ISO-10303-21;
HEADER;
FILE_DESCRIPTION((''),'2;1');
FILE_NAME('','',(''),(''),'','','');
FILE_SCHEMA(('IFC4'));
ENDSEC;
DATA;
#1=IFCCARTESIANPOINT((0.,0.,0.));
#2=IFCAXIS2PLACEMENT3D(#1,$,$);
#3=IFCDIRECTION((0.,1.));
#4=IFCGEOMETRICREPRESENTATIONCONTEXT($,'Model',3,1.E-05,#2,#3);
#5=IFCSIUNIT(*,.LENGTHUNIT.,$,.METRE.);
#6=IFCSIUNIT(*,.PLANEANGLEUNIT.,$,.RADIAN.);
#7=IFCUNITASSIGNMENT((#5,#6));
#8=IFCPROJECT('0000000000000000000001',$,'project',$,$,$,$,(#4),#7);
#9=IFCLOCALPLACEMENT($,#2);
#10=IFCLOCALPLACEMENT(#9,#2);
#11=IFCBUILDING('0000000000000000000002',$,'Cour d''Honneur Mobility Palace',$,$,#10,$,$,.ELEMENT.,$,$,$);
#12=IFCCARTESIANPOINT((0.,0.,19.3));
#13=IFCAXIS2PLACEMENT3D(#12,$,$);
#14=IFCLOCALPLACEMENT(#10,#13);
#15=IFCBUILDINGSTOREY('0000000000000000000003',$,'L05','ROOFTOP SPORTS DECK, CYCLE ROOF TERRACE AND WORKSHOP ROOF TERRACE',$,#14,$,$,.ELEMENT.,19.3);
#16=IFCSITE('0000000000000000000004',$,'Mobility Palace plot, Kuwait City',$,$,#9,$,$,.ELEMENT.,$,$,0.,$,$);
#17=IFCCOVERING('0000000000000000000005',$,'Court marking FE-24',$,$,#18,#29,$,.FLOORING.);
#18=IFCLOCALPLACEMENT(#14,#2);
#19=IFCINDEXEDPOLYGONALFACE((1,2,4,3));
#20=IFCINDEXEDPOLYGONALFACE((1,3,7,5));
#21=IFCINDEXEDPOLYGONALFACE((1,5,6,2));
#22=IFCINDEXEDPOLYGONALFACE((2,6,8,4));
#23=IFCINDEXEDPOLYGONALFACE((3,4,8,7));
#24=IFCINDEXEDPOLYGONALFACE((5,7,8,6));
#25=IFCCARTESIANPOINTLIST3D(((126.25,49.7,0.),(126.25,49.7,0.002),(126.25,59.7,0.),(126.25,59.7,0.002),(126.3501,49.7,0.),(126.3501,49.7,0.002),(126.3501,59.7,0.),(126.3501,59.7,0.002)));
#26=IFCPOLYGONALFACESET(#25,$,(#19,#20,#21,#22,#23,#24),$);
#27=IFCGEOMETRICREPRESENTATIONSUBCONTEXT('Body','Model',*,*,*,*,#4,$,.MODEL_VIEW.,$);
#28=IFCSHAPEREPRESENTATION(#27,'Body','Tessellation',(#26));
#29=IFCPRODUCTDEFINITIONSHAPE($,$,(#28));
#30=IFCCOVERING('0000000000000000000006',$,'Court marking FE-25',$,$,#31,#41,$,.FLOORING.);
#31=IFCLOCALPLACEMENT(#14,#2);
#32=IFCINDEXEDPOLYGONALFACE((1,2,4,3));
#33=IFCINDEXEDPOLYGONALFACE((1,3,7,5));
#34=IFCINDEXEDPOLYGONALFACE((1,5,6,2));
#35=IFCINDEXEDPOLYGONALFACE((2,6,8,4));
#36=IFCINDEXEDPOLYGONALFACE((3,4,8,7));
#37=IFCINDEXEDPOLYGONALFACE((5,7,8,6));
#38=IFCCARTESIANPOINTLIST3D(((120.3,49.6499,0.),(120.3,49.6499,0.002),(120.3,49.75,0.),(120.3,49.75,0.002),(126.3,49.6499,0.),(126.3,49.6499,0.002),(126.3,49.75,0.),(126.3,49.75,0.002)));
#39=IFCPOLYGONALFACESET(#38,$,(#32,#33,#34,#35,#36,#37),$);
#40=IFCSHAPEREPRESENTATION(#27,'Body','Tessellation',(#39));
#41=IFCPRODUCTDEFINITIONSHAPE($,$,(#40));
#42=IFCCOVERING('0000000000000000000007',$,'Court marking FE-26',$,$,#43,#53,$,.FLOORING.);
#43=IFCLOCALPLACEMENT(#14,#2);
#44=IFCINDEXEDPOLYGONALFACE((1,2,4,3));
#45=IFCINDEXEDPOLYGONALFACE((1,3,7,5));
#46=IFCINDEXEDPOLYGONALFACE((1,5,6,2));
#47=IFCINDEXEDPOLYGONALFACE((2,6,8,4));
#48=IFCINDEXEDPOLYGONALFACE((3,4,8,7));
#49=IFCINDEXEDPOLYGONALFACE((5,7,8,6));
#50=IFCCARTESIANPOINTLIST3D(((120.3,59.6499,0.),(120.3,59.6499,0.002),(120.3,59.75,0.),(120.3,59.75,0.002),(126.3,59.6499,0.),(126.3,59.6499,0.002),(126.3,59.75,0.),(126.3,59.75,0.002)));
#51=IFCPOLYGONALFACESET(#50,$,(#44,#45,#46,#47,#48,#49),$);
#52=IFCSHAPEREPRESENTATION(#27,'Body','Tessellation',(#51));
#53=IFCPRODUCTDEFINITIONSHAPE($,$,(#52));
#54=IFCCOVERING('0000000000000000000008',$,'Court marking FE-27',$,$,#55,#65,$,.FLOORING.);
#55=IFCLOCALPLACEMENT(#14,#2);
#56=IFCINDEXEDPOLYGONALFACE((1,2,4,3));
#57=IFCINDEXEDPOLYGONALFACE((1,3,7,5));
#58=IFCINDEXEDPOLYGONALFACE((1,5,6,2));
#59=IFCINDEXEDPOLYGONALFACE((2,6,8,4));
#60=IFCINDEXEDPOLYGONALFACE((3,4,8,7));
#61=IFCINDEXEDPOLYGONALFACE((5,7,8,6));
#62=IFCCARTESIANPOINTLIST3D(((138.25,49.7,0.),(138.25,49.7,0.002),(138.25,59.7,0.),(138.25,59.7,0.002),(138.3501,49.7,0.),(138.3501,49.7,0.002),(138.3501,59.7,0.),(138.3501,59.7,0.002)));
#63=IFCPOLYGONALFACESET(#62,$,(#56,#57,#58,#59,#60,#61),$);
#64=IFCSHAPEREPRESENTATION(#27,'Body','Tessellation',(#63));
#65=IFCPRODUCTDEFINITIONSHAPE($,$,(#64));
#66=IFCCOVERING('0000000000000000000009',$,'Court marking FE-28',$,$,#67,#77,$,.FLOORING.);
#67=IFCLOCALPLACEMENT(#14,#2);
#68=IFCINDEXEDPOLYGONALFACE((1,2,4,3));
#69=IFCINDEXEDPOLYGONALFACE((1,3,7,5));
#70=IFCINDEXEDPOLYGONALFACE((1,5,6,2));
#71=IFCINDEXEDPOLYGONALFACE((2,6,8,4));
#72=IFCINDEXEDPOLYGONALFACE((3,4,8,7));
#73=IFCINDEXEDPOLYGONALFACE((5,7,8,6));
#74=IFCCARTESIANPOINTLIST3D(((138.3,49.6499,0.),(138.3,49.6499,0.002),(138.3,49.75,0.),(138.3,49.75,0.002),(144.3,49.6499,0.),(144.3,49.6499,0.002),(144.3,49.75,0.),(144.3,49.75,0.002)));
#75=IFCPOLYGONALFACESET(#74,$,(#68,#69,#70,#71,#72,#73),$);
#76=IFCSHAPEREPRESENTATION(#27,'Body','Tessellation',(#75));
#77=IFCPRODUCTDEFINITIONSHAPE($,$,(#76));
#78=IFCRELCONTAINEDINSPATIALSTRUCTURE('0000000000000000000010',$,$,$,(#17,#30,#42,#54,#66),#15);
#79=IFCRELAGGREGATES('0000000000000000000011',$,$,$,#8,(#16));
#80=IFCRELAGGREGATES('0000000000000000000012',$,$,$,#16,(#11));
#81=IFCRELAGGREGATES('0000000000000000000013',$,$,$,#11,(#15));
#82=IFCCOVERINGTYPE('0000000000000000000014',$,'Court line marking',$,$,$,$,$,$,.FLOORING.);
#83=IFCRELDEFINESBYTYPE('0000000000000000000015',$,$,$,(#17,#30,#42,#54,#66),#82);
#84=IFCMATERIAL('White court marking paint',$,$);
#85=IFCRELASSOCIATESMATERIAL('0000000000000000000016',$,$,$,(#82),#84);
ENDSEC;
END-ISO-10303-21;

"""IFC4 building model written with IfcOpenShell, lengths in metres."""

from ifc_helpers import new_model, si_unit, direction, frame, origin, origin_2d, place, context, subcontext, project, spatial, rectangle, extrude, material, material_profile, profile_set, type_object, element, save


model = new_model("IFC4")

# Units and contexts
model_context = context("Model", 3, precision=1e-05, world=origin(), true_north=direction((0.0, 1.0)))
body_context = subcontext(model_context, "Body", "Model", "MODEL_VIEW")
ifc_project = project(units=[si_unit("LENGTHUNIT", "METRE"), si_unit("PLANEANGLEUNIT", "RADIAN")], contexts=[model_context])

# Site, building, storey
site_placement = place(None, origin())
site = spatial("IfcSite", under=ifc_project, at=site_placement, Name="Mobility Palace plot, Kuwait City", CompositionType="ELEMENT", RefElevation=0.0)
building_placement = place(site_placement, origin())
building = spatial("IfcBuilding", under=site, at=building_placement, Name="Cour d'Honneur Mobility Palace", CompositionType="ELEMENT")
storey_placement = place(building_placement, frame((0.0, 0.0, 19.3)))
storey = spatial("IfcBuildingStorey", under=building, at=storey_placement, Name="L05", Description="ROOFTOP SPORTS DECK, CYCLE ROOF TERRACE AND WORKSHOP ROOF TERRACE", CompositionType="ELEMENT", Elevation=19.3)

# Coverings
ifc_material_1 = material(Name="White court marking paint")
ifc_material_profile_1 = material_profile(ifc_material_1, rectangle(XDim=0.1001, YDim=0.002, at=origin_2d()), Name="Court line marking")
ifc_profile_set_1 = profile_set([ifc_material_profile_1], Name="White court marking paint")
covering_type = type_object("IfcCoveringType", Name="Court line marking", PredefinedType="FLOORING", material=ifc_profile_set_1)
covering_1_placement = place(storey_placement, frame((126.3, 49.7, 0.001), z_axis=(0.0, 1.0, 0.0), x_axis=(-1.0, 0.0, 0.0)))
element("IfcCovering", 1, at=covering_1_placement, inside=storey, type_object=covering_type, Name="Court marking FE-24", PredefinedType="FLOORING", context=body_context, shape_type="SweptSolid", body=[
    extrude(rectangle(XDim=0.1001, YDim=0.002, at=origin_2d()), origin(), (0.0, 0.0, 1.0), 10.0),
])
for number, where, z_axis, x_axis, name in (
    (2, (120.3, 49.7, 0.001), (1.0, 0.0, 0.0), (0.0, 1.0, 0.0), "Court marking FE-25"),
    (3, (120.3, 59.7, 0.001), (1.0, 0.0, 0.0), (0.0, 1.0, 0.0), "Court marking FE-26"),
):
    element("IfcCovering", number, at=place(storey_placement, frame(where, z_axis=z_axis, x_axis=x_axis)), inside=storey, type_object=covering_type, Name=name, PredefinedType="FLOORING", context=body_context, shape_type="SweptSolid", body=[
        extrude(rectangle(XDim=0.1001, YDim=0.002, at=origin_2d()), origin(), (0.0, 0.0, 1.0), 6.0),
    ])
covering_2_placement = place(storey_placement, frame((138.3, 49.7, 0.001), z_axis=(0.0, 1.0, 0.0), x_axis=(-1.0, 0.0, 0.0)))
element("IfcCovering", 4, at=covering_2_placement, inside=storey, type_object=covering_type, Name="Court marking FE-27", PredefinedType="FLOORING", context=body_context, shape_type="SweptSolid", body=[
    extrude(rectangle(XDim=0.1001, YDim=0.002, at=origin_2d()), origin(), (0.0, 0.0, 1.0), 10.0),
])
covering_3_placement = place(storey_placement, frame((144.3, 49.7, 0.001), z_axis=(-1.0, 0.0, 0.0), x_axis=(0.0, -1.0, 0.0)))
element("IfcCovering", 5, at=covering_3_placement, inside=storey, type_object=covering_type, Name="Court marking FE-28", PredefinedType="FLOORING", context=body_context, shape_type="SweptSolid", body=[
    extrude(rectangle(XDim=0.1001, YDim=0.002, at=origin_2d()), origin(), (0.0, 0.0, 1.0), 6.0),
])

save(model, "model.ifc")
